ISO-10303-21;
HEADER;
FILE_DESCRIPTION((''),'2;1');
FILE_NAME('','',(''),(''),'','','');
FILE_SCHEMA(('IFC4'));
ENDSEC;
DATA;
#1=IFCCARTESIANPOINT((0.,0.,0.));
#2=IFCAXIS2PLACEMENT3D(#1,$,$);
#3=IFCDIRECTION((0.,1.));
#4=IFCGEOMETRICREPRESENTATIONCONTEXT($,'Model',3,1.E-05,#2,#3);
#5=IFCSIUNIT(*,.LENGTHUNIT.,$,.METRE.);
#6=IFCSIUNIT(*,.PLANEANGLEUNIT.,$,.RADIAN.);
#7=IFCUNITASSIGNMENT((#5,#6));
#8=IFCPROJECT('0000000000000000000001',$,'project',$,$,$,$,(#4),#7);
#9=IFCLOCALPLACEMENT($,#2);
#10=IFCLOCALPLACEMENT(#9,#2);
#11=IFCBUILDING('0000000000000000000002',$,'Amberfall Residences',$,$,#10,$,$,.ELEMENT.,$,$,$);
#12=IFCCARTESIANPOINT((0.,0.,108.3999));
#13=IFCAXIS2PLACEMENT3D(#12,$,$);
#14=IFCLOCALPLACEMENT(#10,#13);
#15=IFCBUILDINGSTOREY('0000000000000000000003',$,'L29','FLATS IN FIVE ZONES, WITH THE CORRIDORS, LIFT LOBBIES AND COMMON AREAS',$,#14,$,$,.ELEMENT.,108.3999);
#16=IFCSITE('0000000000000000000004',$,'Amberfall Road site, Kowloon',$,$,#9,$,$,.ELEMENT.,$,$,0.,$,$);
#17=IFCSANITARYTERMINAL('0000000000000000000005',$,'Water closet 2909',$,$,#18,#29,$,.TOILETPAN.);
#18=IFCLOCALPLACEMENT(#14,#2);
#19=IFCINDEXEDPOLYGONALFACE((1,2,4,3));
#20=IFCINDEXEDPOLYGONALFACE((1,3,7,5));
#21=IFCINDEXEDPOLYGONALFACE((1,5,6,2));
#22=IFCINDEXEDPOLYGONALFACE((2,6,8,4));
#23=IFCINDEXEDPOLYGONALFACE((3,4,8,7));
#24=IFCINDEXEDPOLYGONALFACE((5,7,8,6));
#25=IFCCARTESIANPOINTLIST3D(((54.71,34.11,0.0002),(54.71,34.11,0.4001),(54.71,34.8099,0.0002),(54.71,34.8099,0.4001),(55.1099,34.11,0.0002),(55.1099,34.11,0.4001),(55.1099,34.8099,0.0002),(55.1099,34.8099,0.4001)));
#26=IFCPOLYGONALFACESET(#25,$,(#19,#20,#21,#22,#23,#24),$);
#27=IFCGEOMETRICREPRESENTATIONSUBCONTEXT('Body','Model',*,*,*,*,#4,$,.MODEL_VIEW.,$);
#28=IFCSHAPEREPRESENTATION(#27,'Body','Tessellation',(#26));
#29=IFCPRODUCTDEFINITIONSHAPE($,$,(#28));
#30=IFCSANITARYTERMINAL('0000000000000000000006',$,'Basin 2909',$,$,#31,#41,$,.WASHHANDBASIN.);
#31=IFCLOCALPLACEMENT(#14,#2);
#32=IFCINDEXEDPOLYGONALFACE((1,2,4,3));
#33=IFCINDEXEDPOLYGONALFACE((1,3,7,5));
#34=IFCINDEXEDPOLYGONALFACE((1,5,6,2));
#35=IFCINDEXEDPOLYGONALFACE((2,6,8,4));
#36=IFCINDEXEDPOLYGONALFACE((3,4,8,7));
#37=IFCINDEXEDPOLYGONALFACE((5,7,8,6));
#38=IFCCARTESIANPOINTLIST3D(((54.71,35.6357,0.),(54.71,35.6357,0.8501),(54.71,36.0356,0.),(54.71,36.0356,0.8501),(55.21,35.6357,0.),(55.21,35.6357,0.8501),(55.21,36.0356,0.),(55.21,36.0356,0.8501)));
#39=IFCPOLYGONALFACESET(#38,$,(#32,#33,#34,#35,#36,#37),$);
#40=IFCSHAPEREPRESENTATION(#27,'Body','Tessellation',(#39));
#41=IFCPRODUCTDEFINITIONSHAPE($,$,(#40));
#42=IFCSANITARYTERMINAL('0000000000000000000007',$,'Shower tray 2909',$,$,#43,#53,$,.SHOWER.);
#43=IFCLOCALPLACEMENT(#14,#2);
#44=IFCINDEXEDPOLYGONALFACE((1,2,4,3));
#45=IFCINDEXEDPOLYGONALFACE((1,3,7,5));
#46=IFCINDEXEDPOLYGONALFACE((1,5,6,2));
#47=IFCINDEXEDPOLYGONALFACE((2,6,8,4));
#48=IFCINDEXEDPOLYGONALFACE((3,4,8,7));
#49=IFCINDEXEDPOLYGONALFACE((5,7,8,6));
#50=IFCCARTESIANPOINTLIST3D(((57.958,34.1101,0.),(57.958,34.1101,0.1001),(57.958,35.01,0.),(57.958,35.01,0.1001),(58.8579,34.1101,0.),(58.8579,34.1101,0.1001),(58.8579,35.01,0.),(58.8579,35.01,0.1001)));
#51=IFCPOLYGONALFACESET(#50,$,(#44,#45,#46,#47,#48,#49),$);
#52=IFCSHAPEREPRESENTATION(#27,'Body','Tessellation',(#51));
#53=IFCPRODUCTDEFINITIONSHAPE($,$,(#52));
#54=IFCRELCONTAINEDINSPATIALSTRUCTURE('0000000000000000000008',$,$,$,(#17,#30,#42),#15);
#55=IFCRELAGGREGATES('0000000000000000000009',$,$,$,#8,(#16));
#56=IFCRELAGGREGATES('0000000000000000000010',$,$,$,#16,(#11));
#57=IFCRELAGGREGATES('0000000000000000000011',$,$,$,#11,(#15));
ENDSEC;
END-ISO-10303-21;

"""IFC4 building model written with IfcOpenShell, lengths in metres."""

from ifc_helpers import new_model, si_unit, direction, frame, origin, origin_2d, place, context, subcontext, project, spatial, rectangle, extrude, element, save


model = new_model("IFC4")

# Units and contexts
model_context = context("Model", 3, precision=1e-05, world=origin(), true_north=direction((0.0, 1.0)))
body_context = subcontext(model_context, "Body", "Model", "MODEL_VIEW")
ifc_project = project(units=[si_unit("LENGTHUNIT", "METRE"), si_unit("PLANEANGLEUNIT", "RADIAN")], contexts=[model_context])

# Site, building, storey
site_placement = place(None, origin())
site = spatial("IfcSite", under=ifc_project, at=site_placement, Name="Amberfall Road site, Kowloon", CompositionType="ELEMENT", RefElevation=0.0)
building_placement = place(site_placement, origin())
building = spatial("IfcBuilding", under=site, at=building_placement, Name="Amberfall Residences", CompositionType="ELEMENT")
storey_placement = place(building_placement, frame((0.0, 0.0, 108.3999)))
storey = spatial("IfcBuildingStorey", under=building, at=storey_placement, Name="L29", Description="FLATS IN FIVE ZONES, WITH THE CORRIDORS, LIFT LOBBIES AND COMMON AREAS", CompositionType="ELEMENT", Elevation=108.3999)

# Sanitary terminals
sanitary_terminal_1_placement = place(storey_placement, frame((54.9099, 34.46, 0.0002), z_axis=(0.0, 0.0, 1.0), x_axis=(1.0, 0.0, 0.0)))
element("IfcSanitaryTerminal", 1, at=sanitary_terminal_1_placement, inside=storey, Name="Water closet 2909", PredefinedType="TOILETPAN", context=body_context, shape_type="SweptSolid", body=[
    extrude(rectangle(XDim=0.3999, YDim=0.7, at=origin_2d()), origin(), (0.0, 0.0, 1.0), 0.3999),
])
sanitary_terminal_2_placement = place(storey_placement, frame((54.96, 35.8357, 0.0), z_axis=(0.0, 0.0, 1.0), x_axis=(1.0, 0.0, 0.0)))
element("IfcSanitaryTerminal", 2, at=sanitary_terminal_2_placement, inside=storey, Name="Basin 2909", PredefinedType="WASHHANDBASIN", context=body_context, shape_type="SweptSolid", body=[
    extrude(rectangle(XDim=0.5, YDim=0.3999, at=origin_2d()), origin(), (0.0, 0.0, 1.0), 0.8501),
])
sanitary_terminal_3_placement = place(storey_placement, frame((58.408, 34.5601, 0.0), z_axis=(0.0, 0.0, 1.0), x_axis=(1.0, 0.0, 0.0)))
element("IfcSanitaryTerminal", 3, at=sanitary_terminal_3_placement, inside=storey, Name="Shower tray 2909", PredefinedType="SHOWER", context=body_context, shape_type="SweptSolid", body=[
    extrude(rectangle(XDim=0.8999, YDim=0.8999, at=origin_2d()), origin(), (0.0, 0.0, 1.0), 0.1001),
])

save(model, "model.ifc")
